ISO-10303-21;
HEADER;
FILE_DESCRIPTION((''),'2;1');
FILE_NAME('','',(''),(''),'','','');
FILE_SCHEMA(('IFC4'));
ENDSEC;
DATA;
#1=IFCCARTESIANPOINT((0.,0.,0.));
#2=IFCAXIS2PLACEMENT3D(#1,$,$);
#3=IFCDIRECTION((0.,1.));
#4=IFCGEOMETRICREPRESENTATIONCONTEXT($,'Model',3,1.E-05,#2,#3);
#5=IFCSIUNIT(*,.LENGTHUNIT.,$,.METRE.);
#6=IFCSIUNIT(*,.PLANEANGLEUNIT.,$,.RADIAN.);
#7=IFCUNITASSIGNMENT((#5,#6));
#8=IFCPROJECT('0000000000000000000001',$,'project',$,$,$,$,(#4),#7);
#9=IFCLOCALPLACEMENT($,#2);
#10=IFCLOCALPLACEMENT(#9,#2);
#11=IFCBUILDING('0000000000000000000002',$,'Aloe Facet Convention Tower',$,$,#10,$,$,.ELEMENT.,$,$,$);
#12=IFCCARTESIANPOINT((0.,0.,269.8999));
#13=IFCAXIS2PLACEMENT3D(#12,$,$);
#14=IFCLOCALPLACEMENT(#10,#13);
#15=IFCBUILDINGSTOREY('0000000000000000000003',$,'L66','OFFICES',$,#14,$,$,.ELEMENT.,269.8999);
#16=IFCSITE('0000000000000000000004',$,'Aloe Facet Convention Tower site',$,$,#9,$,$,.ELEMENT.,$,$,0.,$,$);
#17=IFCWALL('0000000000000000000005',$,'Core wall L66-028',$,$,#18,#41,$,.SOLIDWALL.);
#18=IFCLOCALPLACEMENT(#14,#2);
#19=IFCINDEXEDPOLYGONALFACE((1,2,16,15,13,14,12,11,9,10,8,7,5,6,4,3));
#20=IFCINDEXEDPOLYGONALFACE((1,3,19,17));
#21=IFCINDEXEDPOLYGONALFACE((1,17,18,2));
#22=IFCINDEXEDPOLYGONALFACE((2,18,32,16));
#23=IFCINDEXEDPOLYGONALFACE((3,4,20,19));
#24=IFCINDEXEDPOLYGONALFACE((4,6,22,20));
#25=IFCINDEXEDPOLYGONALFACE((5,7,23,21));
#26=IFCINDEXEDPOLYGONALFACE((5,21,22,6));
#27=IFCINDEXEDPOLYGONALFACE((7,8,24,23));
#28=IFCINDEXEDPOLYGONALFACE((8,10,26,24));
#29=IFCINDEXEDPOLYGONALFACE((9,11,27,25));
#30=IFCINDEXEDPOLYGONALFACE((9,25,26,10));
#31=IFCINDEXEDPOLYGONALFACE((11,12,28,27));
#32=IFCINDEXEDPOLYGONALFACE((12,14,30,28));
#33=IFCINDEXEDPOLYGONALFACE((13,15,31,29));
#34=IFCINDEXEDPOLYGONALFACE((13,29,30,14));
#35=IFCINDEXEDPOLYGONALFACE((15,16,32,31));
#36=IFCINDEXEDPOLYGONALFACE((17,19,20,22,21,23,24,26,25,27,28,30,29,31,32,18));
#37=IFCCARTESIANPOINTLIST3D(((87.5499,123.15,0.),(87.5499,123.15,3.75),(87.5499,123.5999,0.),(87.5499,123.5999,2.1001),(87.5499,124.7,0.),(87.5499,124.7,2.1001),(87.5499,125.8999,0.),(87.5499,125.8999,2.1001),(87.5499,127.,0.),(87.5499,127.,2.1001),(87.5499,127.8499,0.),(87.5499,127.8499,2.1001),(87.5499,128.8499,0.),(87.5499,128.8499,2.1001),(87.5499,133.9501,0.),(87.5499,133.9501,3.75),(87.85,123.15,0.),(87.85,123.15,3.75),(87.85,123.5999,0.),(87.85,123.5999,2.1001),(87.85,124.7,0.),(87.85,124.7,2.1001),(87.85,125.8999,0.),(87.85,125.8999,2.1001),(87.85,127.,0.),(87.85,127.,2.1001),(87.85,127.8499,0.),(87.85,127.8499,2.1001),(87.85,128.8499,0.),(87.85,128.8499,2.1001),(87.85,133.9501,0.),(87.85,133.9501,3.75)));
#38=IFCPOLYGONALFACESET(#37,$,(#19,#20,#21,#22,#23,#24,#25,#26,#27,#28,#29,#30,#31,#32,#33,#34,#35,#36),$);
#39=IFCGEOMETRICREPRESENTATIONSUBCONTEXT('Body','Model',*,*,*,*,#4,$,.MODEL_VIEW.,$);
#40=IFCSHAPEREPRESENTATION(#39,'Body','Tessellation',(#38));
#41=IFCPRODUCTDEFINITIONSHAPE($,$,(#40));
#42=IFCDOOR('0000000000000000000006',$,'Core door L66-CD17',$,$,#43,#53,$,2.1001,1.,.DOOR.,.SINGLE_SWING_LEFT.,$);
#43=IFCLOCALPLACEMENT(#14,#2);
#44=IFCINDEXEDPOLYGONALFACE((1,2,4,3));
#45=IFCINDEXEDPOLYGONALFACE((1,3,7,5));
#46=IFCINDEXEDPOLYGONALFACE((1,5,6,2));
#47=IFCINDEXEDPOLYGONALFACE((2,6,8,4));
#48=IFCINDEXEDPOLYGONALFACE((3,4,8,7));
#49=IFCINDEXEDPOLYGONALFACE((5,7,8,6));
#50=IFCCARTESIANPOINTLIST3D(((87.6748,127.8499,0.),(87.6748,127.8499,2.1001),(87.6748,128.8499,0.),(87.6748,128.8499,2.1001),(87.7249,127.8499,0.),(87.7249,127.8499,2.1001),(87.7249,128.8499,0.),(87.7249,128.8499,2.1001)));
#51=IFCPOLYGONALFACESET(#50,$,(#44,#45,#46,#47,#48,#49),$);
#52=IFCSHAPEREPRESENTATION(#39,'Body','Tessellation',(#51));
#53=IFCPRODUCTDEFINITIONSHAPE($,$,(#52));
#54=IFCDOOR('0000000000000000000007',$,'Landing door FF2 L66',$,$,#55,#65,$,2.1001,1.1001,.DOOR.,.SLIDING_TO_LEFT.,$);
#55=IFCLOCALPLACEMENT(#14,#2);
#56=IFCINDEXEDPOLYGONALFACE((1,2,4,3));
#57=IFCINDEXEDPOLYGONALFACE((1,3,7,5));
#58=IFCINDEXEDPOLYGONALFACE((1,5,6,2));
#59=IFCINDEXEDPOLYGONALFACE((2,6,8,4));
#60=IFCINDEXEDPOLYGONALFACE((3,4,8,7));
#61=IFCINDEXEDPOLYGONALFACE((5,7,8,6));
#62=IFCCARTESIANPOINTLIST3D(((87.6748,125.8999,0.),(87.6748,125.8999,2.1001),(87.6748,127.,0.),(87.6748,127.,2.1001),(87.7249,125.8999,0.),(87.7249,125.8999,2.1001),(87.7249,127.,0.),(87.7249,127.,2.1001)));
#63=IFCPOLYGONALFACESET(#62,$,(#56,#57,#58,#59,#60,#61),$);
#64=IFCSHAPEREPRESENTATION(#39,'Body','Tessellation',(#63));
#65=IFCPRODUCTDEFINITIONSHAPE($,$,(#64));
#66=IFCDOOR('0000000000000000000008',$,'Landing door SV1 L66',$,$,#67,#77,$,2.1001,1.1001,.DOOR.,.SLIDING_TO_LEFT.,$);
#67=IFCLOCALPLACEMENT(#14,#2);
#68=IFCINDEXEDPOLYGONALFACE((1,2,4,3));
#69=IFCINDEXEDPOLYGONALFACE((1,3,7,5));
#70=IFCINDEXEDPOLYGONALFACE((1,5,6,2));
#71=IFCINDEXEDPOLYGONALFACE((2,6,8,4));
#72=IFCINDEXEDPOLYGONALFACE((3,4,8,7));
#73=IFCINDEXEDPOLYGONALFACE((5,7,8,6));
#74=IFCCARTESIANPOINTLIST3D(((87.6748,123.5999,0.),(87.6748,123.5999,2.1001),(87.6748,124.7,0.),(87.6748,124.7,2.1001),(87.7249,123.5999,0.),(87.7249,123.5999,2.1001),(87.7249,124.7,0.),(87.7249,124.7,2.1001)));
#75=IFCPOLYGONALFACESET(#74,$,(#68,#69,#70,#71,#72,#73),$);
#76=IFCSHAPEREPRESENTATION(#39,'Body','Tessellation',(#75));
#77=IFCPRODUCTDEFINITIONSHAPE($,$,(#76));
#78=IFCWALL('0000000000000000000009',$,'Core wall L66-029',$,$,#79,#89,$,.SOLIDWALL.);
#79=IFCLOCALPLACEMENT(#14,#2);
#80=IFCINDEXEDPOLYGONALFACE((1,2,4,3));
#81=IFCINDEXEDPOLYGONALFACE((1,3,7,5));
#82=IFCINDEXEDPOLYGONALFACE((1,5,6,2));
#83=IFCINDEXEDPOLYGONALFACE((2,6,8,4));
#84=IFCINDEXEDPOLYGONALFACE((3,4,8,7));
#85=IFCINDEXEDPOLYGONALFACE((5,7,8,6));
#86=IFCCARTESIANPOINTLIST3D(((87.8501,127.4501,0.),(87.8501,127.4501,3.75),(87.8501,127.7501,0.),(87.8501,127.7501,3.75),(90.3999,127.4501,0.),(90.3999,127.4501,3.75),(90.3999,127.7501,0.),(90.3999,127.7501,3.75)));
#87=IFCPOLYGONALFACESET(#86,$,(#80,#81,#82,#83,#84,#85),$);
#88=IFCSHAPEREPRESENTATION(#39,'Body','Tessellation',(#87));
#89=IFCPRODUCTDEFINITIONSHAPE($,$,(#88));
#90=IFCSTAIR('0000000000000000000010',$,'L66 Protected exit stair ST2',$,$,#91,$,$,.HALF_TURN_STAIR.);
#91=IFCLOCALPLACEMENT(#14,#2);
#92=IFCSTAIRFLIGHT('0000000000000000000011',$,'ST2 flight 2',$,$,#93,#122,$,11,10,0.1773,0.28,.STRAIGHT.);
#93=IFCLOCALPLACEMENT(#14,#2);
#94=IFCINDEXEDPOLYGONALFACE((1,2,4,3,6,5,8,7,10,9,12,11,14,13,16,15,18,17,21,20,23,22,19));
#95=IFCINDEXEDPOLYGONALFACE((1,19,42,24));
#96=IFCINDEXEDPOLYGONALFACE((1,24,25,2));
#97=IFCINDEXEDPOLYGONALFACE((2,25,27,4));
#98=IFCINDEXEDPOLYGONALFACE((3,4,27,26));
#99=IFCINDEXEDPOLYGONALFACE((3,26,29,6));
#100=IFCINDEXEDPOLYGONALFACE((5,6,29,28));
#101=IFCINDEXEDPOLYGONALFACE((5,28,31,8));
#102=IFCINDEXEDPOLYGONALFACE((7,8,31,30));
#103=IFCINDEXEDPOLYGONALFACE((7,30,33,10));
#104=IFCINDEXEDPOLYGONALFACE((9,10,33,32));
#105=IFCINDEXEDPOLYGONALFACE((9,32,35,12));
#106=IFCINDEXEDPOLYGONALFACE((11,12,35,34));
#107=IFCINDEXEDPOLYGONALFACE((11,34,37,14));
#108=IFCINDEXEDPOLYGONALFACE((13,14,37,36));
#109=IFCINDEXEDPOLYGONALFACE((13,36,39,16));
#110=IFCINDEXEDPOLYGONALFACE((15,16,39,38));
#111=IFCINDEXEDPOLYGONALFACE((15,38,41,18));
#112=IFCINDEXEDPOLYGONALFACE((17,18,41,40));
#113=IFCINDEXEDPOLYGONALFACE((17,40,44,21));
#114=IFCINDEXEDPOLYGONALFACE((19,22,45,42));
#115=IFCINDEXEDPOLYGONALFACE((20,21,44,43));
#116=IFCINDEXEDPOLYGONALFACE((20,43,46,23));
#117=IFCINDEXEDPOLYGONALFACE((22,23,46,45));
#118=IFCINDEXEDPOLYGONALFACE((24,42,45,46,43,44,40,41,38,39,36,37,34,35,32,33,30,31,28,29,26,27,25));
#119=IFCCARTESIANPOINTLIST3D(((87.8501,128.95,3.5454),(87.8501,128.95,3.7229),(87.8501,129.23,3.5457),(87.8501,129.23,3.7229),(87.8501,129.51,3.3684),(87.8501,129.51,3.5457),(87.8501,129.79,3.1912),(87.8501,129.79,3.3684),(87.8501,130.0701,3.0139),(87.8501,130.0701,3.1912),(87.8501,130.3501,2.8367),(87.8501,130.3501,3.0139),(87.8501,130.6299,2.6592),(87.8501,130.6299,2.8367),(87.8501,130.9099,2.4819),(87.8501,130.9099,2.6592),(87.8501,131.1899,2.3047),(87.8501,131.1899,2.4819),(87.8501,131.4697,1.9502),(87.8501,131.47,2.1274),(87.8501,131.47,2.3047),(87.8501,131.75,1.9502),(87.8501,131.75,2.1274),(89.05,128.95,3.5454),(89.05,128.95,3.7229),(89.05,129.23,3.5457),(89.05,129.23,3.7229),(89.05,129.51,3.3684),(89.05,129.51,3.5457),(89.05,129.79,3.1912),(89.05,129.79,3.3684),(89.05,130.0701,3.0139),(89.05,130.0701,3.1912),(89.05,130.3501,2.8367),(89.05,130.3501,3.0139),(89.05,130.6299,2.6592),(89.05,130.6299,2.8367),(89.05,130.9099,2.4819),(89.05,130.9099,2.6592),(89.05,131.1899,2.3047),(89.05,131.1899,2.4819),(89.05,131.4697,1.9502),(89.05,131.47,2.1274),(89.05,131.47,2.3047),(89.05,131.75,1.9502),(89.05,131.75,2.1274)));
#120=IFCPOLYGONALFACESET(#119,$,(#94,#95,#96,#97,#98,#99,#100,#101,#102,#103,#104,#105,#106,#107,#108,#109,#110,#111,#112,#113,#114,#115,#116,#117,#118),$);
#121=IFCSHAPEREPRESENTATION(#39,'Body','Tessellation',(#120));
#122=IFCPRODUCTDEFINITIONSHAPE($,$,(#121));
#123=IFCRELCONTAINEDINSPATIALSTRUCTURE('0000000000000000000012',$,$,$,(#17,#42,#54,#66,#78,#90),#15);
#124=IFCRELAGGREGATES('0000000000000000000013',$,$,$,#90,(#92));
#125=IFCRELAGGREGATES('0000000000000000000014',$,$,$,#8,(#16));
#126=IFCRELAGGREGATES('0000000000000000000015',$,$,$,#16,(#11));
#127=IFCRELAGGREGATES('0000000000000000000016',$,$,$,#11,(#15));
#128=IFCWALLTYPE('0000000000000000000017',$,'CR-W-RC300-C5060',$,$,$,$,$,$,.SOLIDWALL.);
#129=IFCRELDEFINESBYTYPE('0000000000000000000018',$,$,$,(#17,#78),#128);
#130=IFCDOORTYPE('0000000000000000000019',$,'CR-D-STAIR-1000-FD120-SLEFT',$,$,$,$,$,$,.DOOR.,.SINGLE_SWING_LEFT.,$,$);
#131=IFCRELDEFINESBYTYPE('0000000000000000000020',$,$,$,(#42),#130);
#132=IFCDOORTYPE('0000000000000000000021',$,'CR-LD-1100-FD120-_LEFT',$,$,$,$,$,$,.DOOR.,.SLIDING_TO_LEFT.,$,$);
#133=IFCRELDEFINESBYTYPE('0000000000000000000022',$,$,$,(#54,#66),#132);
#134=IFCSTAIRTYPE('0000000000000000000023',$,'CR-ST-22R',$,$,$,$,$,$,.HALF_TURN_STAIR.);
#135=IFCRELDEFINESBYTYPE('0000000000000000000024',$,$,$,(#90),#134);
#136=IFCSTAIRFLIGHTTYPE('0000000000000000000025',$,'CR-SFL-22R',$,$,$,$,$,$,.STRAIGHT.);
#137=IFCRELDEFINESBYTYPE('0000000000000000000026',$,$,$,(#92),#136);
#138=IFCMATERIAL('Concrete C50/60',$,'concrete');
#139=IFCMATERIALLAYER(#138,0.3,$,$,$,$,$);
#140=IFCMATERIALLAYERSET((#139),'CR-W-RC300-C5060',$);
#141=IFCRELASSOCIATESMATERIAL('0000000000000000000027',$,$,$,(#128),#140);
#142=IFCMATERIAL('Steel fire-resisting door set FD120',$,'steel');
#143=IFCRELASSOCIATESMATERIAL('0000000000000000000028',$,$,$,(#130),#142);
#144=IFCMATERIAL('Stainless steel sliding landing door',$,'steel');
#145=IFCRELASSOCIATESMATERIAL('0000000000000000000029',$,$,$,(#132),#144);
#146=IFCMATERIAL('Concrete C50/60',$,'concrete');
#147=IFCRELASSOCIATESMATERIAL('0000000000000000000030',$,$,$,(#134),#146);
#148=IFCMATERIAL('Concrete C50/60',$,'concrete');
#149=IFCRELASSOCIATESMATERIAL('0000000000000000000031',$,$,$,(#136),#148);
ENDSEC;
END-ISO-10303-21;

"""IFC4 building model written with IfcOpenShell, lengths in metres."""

from ifc_helpers import new_model, si_unit, direction, frame, frame_2d, origin, place, context, subcontext, project, spatial, polyline, rectangle, outline, extrude, material, layer, layer_set, type_object, element, fill, aggregate, save


model = new_model("IFC4")

# Units and contexts
model_context = context("Model", 3, precision=1e-05, world=origin(), true_north=direction((0.0, 1.0)))
body_context = subcontext(model_context, "Body", "Model", "MODEL_VIEW")
ifc_project = project(units=[si_unit("LENGTHUNIT", "METRE"), si_unit("PLANEANGLEUNIT", "RADIAN")], contexts=[model_context])

# Site, building, storey
site_placement = place(None, origin())
site = spatial("IfcSite", under=ifc_project, at=site_placement, Name="Aloe Facet Convention Tower site", CompositionType="ELEMENT", RefElevation=0.0)
building_placement = place(site_placement, origin())
building = spatial("IfcBuilding", under=site, at=building_placement, Name="Aloe Facet Convention Tower", CompositionType="ELEMENT")
storey_placement = place(building_placement, frame((0.0, 0.0, 269.8999)))
storey = spatial("IfcBuildingStorey", under=building, at=storey_placement, Name="L66", Description="OFFICES", CompositionType="ELEMENT", Elevation=269.8999)

# Shared definitions
ifc_material_1 = material(Name="Concrete C50/60", Category="concrete")
ifc_layer_1 = layer(ifc_material_1, 0.3)
ifc_layer_set_1 = layer_set([ifc_layer_1], Name="CR-W-RC300-C5060")
wall_type_1 = type_object("IfcWallType", Name="CR-W-RC300-C5060", PredefinedType="SOLIDWALL", material=ifc_layer_set_1)

# Wall, openings, doors
wall_1_placement = place(storey_placement, frame((87.7, 133.95, 0.0), z_axis=(0.0, 0.0, 1.0), x_axis=(0.0, -1.0, 0.0)))
wall_1 = element("IfcWall", 1, at=wall_1_placement, inside=storey, type_object=wall_type_1, Name="Core wall L66-028", PredefinedType="SOLIDWALL", context=body_context, shape_type="SweptSolid", body=[
    extrude(rectangle(XDim=10.8, YDim=0.3, at=frame_2d((5.3999, 0.0))), origin(), (0.0, 0.0, 1.0), 3.75),
])
opening_1_placement = place(wall_1_placement, frame((6.95, 0.0, 0.0)))
opening_1 = element("IfcOpeningElement", 2, at=opening_1_placement, cuts=wall_1, PredefinedType="OPENING", context=body_context, shape_type="SweptSolid", body=[
    extrude(rectangle(XDim=1.1001, YDim=2.1001, at=frame_2d((0.55, 1.05))), frame((0.0, 0.1602, 0.0), z_axis=(0.0, -1.0, 0.0), x_axis=(1.0, 0.0, 0.0)), (0.0, 0.0, 1.0), 0.3201),
])
opening_2_placement = place(wall_1_placement, frame((5.1001, 0.0, 0.0)))
opening_2 = element("IfcOpeningElement", 3, at=opening_2_placement, cuts=wall_1, PredefinedType="OPENING", context=body_context, shape_type="SweptSolid", body=[
    extrude(rectangle(XDim=1.0, YDim=2.1001, at=frame_2d((0.5, 1.05))), frame((0.0, 0.1602, 0.0), z_axis=(0.0, -1.0, 0.0), x_axis=(1.0, 0.0, 0.0)), (0.0, 0.0, 1.0), 0.3201),
])
opening_3_placement = place(wall_1_placement, frame((9.25, 0.0, 0.0)))
opening_3 = element("IfcOpeningElement", 4, at=opening_3_placement, cuts=wall_1, PredefinedType="OPENING", context=body_context, shape_type="SweptSolid", body=[
    extrude(rectangle(XDim=1.1001, YDim=2.1001, at=frame_2d((0.55, 1.05))), frame((0.0, 0.1602, 0.0), z_axis=(0.0, -1.0, 0.0), x_axis=(1.0, 0.0, 0.0)), (0.0, 0.0, 1.0), 0.3201),
])
ifc_material_2 = material(Name="Steel fire-resisting door set FD120", Category="steel")
door_type_1 = type_object("IfcDoorType", Name="CR-D-STAIR-1000-FD120-SLEFT", OperationType="SINGLE_SWING_LEFT", PredefinedType="DOOR", material=ifc_material_2)
door_1_placement = place(opening_2_placement, origin())
door_1 = element("IfcDoor", 5, at=door_1_placement, inside=storey, type_object=door_type_1, Name="Core door L66-CD17", OperationType="SINGLE_SWING_LEFT", OverallHeight=2.1001, OverallWidth=1.0, PredefinedType="DOOR", context=body_context, shape_type="SweptSolid", body=[
    extrude(rectangle(XDim=1.0, YDim=2.1001, at=frame_2d((0.5, 1.05))), frame((0.0, 0.0249, 0.0), z_axis=(0.0, -1.0, 0.0), x_axis=(1.0, 0.0, 0.0)), (0.0, 0.0, 1.0), 0.05),
])
fill(opening_2, door_1)
ifc_material_3 = material(Name="Stainless steel sliding landing door", Category="steel")
door_type_2 = type_object("IfcDoorType", Name="CR-LD-1100-FD120-_LEFT", OperationType="SLIDING_TO_LEFT", PredefinedType="DOOR", material=ifc_material_3)
door_2_placement = place(opening_1_placement, origin())
door_2 = element("IfcDoor", 6, at=door_2_placement, inside=storey, type_object=door_type_2, Name="Landing door FF2 L66", OperationType="SLIDING_TO_LEFT", OverallHeight=2.1001, OverallWidth=1.1001, PredefinedType="DOOR", context=body_context, shape_type="SweptSolid", body=[
    extrude(rectangle(XDim=1.1001, YDim=2.1001, at=frame_2d((0.55, 1.05))), frame((0.0, 0.0249, 0.0), z_axis=(0.0, -1.0, 0.0), x_axis=(1.0, 0.0, 0.0)), (0.0, 0.0, 1.0), 0.05),
])
fill(opening_1, door_2)
door_3_placement = place(opening_3_placement, origin())
door_3 = element("IfcDoor", 7, at=door_3_placement, inside=storey, type_object=door_type_2, Name="Landing door SV1 L66", OperationType="SLIDING_TO_LEFT", OverallHeight=2.1001, OverallWidth=1.1001, PredefinedType="DOOR", context=body_context, shape_type="SweptSolid", body=[
    extrude(rectangle(XDim=1.1001, YDim=2.1001, at=frame_2d((0.55, 1.05))), frame((0.0, 0.0249, 0.0), z_axis=(0.0, -1.0, 0.0), x_axis=(1.0, 0.0, 0.0)), (0.0, 0.0, 1.0), 0.05),
])
fill(opening_3, door_3)

# Wall
wall_2_placement = place(storey_placement, frame((87.8501, 127.6001, 0.0), z_axis=(0.0, 0.0, 1.0), x_axis=(1.0, 0.0, 0.0)))
element("IfcWall", 8, at=wall_2_placement, inside=storey, type_object=wall_type_1, Name="Core wall L66-029", PredefinedType="SOLIDWALL", context=body_context, shape_type="SweptSolid", body=[
    extrude(rectangle(XDim=2.5498, YDim=0.3, at=frame_2d((1.2749, 0.0))), origin(), (0.0, 0.0, 1.0), 3.75),
])

# Stair, stair flight
ifc_material_4 = material(Name="Concrete C50/60", Category="concrete")
stair_type = type_object("IfcStairType", Name="CR-ST-22R", PredefinedType="HALF_TURN_STAIR", material=ifc_material_4)
stair_placement = place(storey_placement, origin())
stair = element("IfcStair", 9, at=stair_placement, inside=storey, type_object=stair_type, Name="L66 Protected exit stair ST2", PredefinedType="HALF_TURN_STAIR")
ifc_material_5 = material(Name="Concrete C50/60", Category="concrete")
stair_flight_type = type_object("IfcStairFlightType", Name="CR-SFL-22R", PredefinedType="STRAIGHT", material=ifc_material_5)
stair_flight_placement = place(storey_placement, frame((88.45, 131.75, 1.9502), z_axis=(0.0, 0.0, 1.0), x_axis=(0.0, -1.0, 0.0)))
stair_flight = element("IfcStairFlight", 10, at=stair_flight_placement, type_object=stair_flight_type, Name="ST2 flight 2", NumberOfRisers=11, NumberOfTreads=10, PredefinedType="STRAIGHT", RiserHeight=0.1773, TreadLength=0.28, context=body_context, shape_type="SweptSolid", body=[
    extrude(outline(polyline([(0.0, 0.0), (0.0, 0.1772), (0.28, 0.1772), (0.28, 0.3545), (0.5601, 0.3545), (0.5601, 0.5317), (0.8401, 0.5317), (0.8401, 0.709), (1.1201, 0.709), (1.1201, 0.8865), (1.3999, 0.8865), (1.3999, 1.0637), (1.6799, 1.0637), (1.6799, 1.241), (1.96, 1.241), (1.96, 1.4182), (2.24, 1.4182), (2.24, 1.5955), (2.52, 1.5955), (2.52, 1.7727), (2.8, 1.7727), (2.8, 1.95), (2.8, 1.5952), (0.2803, 0.0), (0.0, 0.0)])), frame((0.0, 0.6001, 0.0), z_axis=(0.0, -1.0, 0.0), x_axis=(1.0, 0.0, 0.0)), (0.0, 0.0, 1.0), 1.2),
])
aggregate(stair, [stair_flight])

save(model, "model.ifc")
